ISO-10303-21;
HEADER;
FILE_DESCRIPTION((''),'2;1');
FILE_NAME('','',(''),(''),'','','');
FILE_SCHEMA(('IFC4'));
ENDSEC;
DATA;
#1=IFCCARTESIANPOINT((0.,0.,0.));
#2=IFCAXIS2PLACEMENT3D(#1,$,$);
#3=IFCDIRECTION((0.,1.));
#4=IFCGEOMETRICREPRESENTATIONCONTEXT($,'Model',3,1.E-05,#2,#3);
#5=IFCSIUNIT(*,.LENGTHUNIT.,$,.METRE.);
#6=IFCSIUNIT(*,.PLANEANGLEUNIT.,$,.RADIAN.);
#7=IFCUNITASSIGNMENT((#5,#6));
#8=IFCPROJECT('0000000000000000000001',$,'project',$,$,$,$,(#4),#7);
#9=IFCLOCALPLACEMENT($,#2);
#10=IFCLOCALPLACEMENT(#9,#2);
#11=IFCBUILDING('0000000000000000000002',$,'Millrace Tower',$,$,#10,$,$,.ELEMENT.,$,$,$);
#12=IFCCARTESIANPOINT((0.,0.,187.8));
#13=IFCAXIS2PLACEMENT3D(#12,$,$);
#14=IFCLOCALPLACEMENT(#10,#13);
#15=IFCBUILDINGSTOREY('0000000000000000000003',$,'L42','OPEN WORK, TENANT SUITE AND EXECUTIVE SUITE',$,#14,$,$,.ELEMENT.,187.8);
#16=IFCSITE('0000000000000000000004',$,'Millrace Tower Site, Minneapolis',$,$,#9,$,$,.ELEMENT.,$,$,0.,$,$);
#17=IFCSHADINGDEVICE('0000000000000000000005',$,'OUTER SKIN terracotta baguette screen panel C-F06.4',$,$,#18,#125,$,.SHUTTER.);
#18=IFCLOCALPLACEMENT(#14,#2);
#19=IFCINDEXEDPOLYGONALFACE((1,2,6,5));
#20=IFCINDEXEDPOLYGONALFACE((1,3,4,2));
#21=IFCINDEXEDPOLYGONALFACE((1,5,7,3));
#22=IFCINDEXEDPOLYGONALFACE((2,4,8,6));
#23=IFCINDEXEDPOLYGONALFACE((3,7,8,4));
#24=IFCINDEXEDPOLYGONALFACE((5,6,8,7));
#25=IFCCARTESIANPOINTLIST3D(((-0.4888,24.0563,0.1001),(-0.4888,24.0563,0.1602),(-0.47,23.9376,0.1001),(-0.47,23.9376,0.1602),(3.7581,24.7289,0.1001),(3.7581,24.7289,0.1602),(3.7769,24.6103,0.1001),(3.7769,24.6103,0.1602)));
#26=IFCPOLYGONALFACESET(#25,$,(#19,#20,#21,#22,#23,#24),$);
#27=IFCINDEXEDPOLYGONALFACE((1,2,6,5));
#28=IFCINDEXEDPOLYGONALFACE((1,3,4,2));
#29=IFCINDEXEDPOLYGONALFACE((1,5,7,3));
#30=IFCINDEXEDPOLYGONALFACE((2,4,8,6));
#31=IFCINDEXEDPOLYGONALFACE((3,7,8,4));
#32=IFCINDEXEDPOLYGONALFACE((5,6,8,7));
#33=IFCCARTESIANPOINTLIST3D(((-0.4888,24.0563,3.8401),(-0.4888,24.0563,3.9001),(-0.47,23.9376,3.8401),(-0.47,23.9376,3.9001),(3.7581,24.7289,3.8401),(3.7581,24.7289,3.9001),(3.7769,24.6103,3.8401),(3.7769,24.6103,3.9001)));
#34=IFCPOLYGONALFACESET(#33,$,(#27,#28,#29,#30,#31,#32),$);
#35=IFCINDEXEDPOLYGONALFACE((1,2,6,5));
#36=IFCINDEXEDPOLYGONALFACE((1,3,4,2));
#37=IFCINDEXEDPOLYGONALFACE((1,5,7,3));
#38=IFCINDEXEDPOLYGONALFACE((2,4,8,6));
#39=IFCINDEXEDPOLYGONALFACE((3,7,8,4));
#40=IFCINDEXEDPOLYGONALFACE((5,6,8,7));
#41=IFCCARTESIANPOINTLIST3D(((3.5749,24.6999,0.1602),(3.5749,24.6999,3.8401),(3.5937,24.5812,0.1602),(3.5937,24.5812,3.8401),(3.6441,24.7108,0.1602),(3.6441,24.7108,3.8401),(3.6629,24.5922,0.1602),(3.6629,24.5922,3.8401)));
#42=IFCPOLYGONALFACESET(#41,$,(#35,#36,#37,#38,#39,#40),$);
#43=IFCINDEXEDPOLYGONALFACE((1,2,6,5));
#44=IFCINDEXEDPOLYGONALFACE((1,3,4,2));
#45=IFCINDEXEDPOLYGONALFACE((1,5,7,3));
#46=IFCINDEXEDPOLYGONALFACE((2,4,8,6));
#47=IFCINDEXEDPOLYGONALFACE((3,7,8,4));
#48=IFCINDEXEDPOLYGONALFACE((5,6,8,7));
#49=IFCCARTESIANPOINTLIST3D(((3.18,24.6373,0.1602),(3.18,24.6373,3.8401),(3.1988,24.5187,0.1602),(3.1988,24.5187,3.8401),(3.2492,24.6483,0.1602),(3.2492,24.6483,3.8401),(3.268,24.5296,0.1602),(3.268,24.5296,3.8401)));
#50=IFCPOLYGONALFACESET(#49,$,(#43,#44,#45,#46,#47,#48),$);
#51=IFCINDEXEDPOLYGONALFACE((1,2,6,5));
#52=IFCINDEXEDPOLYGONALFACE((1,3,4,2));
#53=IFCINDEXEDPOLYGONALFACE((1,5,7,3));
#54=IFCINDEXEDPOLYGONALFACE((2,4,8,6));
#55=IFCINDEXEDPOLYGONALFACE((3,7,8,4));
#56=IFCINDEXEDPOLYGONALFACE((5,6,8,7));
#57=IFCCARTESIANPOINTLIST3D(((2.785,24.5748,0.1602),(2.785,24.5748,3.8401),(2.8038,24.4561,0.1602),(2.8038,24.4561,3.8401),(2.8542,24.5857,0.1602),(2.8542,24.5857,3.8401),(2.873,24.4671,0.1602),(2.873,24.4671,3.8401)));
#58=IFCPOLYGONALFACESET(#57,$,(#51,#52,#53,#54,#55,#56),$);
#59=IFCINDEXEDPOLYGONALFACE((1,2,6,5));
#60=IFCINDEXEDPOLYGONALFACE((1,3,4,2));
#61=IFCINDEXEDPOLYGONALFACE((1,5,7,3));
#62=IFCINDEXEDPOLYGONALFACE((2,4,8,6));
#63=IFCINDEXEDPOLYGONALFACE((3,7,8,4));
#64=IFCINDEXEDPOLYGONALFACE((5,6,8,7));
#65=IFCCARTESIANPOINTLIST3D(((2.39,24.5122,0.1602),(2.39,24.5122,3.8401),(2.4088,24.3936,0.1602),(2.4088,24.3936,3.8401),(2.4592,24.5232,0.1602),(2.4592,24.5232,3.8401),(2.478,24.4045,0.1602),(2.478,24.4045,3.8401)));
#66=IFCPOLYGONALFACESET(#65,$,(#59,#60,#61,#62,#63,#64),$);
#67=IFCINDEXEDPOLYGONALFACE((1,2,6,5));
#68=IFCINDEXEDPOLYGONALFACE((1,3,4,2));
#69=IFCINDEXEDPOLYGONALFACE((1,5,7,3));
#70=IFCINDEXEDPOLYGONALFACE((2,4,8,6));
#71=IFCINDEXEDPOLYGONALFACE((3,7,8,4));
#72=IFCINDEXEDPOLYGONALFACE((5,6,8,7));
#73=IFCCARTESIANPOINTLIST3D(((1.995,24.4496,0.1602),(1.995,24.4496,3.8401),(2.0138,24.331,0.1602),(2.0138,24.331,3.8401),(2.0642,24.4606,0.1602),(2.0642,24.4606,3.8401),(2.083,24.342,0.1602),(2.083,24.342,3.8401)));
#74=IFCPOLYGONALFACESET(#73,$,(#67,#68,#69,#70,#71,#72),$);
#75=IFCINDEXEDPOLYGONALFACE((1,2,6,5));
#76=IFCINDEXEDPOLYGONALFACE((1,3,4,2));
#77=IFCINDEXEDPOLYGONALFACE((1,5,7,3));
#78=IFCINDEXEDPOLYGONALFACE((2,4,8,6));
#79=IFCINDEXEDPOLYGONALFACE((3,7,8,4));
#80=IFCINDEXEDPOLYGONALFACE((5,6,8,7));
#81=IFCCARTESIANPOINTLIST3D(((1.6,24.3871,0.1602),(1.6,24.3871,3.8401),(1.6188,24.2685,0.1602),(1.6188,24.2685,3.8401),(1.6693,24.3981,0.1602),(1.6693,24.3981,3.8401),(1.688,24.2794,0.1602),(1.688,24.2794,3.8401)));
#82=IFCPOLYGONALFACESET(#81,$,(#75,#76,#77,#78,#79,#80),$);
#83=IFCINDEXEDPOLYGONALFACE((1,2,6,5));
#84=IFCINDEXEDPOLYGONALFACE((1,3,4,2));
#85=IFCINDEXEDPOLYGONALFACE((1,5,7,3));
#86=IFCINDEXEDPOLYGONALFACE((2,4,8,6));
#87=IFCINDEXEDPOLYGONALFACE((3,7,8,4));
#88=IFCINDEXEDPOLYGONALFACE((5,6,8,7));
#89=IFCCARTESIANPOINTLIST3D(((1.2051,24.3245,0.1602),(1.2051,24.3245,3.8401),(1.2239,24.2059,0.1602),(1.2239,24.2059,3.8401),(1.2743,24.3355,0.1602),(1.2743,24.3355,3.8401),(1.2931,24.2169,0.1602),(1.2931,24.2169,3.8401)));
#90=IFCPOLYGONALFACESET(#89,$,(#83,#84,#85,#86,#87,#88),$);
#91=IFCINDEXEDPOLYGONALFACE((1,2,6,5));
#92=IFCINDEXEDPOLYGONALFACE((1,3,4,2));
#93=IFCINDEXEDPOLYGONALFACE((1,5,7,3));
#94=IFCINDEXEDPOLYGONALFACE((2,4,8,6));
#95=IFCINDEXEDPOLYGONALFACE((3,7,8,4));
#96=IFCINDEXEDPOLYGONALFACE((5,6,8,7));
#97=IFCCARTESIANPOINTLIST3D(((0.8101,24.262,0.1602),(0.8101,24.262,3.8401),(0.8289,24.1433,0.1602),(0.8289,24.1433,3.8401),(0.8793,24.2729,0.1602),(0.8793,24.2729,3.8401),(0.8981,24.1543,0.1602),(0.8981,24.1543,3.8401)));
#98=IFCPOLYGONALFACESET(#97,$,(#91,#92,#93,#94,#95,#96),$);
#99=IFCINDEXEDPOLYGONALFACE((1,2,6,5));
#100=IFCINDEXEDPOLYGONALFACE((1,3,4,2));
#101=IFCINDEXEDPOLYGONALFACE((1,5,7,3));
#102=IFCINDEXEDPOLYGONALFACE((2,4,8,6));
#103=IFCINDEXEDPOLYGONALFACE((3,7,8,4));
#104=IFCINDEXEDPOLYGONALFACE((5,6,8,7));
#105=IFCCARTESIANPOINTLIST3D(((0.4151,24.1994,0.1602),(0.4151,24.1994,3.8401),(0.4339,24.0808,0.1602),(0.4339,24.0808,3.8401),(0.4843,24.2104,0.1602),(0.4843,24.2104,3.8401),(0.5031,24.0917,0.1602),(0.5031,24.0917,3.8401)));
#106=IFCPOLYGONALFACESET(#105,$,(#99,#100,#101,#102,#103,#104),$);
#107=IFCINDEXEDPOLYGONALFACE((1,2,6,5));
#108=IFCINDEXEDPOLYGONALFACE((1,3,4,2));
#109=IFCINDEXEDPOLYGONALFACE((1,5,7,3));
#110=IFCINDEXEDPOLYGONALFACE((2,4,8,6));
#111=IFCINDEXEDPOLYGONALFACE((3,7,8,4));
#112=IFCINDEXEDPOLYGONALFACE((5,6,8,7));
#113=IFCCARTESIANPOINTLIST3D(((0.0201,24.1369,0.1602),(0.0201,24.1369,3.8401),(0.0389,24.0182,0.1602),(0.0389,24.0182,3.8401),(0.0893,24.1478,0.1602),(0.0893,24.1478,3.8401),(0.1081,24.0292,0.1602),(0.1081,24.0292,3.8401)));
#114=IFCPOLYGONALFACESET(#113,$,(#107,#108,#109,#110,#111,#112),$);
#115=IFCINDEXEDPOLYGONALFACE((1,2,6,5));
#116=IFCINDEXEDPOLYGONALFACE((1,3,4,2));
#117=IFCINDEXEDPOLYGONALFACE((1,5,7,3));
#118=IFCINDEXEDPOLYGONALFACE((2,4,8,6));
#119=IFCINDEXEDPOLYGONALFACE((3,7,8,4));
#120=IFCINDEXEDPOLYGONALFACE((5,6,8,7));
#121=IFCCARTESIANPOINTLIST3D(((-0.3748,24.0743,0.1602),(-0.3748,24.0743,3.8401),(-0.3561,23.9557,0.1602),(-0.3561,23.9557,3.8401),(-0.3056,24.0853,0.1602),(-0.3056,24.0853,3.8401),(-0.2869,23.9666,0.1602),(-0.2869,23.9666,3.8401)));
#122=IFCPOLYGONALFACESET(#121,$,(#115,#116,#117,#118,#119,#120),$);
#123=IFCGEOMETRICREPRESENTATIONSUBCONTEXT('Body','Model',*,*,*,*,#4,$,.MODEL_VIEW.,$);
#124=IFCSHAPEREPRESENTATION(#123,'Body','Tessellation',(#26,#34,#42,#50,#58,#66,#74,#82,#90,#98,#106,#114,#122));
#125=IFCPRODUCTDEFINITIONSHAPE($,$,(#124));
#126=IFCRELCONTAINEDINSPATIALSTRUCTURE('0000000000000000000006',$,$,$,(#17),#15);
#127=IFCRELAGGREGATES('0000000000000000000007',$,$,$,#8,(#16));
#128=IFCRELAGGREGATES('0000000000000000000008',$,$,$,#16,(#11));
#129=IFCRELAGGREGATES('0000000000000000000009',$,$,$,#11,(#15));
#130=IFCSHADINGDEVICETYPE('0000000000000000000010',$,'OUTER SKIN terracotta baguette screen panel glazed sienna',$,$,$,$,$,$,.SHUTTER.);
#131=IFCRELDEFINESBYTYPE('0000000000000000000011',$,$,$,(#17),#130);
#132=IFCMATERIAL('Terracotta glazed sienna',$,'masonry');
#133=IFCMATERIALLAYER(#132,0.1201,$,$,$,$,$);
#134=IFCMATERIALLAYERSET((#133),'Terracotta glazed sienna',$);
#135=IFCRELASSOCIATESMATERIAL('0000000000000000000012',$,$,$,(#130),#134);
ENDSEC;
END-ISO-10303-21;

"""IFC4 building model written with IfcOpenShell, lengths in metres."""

from ifc_helpers import new_model, entity, si_unit, direction, frame, frame_2d, origin, origin_2d, place, context, subcontext, project, spatial, rectangle, extrude, source, transform, mapped, material, layer, layer_set, type_object, element, save


model = new_model("IFC4")

# Units and contexts
model_context = context("Model", 3, precision=1e-05, world=origin(), true_north=direction((0.0, 1.0)))
body_context = subcontext(model_context, "Body", "Model", "MODEL_VIEW")
ifc_project = project(units=[si_unit("LENGTHUNIT", "METRE"), si_unit("PLANEANGLEUNIT", "RADIAN")], contexts=[model_context])

# Site, building, storey
site_placement = place(None, origin())
site = spatial("IfcSite", under=ifc_project, at=site_placement, Name="Millrace Tower Site, Minneapolis", CompositionType="ELEMENT", RefElevation=0.0)
building_placement = place(site_placement, origin())
building = spatial("IfcBuilding", under=site, at=building_placement, Name="Millrace Tower", CompositionType="ELEMENT")
storey_placement = place(building_placement, frame((0.0, 0.0, 187.8)))
storey = spatial("IfcBuildingStorey", under=building, at=storey_placement, Name="L42", Description="OPEN WORK, TENANT SUITE AND EXECUTIVE SUITE", CompositionType="ELEMENT", Elevation=187.8)

# Shading device
ifc_material_1 = material(Name="Terracotta glazed sienna", Category="masonry")
ifc_layer_1 = layer(ifc_material_1, 0.1201)
ifc_layer_set_1 = layer_set([ifc_layer_1], Name="Terracotta glazed sienna")
shading_device_type = type_object("IfcShadingDeviceType", Name="OUTER SKIN terracotta baguette screen panel glazed sienna", PredefinedType="SHUTTER", material=ifc_layer_set_1)
cartesian_point_1 = entity("IfcCartesianPoint", [-2.1499, 0.0601])
shared_polyline_1 = entity("IfcPolyline", [cartesian_point_1, entity("IfcCartesianPoint", [2.1499, 0.0601]), entity("IfcCartesianPoint", [2.1499, -0.0601]), entity("IfcCartesianPoint", [-2.1499, -0.0601]), cartesian_point_1])
shared_shape_1 = source(origin(), body_context, "Body", "SweptSolid", [
    entity("IfcExtrudedAreaSolid", entity("IfcArbitraryClosedProfileDef", "AREA", None, shared_polyline_1), entity("IfcAxis2Placement3D", entity("IfcCartesianPoint", [0.0, 0.0, 0.0])), entity("IfcDirection", [0.0, 0.0, 1.0]), 0.0601),
    entity("IfcExtrudedAreaSolid", entity("IfcArbitraryClosedProfileDef", "AREA", None, shared_polyline_1), entity("IfcAxis2Placement3D", entity("IfcCartesianPoint", [0.0, 0.0, 3.74])), entity("IfcDirection", [0.0, 0.0, 1.0]), 0.0601),
    extrude(rectangle(XDim=0.0701, YDim=0.1201, at=frame_2d((-1.9995, 0.0))), frame((0.0, 0.0, 0.0601)), (0.0, 0.0, 1.0), 3.6799),
    extrude(rectangle(XDim=0.0701, YDim=0.1201, at=frame_2d((-1.5996, 0.0))), frame((0.0, 0.0, 0.0601)), (0.0, 0.0, 1.0), 3.6799),
    extrude(rectangle(XDim=0.0701, YDim=0.1201, at=frame_2d((-1.1997, 0.0))), frame((0.0, 0.0, 0.0601)), (0.0, 0.0, 1.0), 3.6799),
    extrude(rectangle(XDim=0.0701, YDim=0.1201, at=frame_2d((-0.7998, 0.0))), frame((0.0, 0.0, 0.0601)), (0.0, 0.0, 1.0), 3.6799),
    extrude(rectangle(XDim=0.0701, YDim=0.1201, at=frame_2d((-0.3999, 0.0))), frame((0.0, 0.0, 0.0601)), (0.0, 0.0, 1.0), 3.6799),
    extrude(rectangle(XDim=0.0701, YDim=0.1201, at=origin_2d()), frame((0.0, 0.0, 0.0601)), (0.0, 0.0, 1.0), 3.6799),
    extrude(rectangle(XDim=0.0701, YDim=0.1201, at=frame_2d((0.3999, 0.0))), frame((0.0, 0.0, 0.0601)), (0.0, 0.0, 1.0), 3.6799),
    extrude(rectangle(XDim=0.0701, YDim=0.1201, at=frame_2d((0.7998, 0.0))), frame((0.0, 0.0, 0.0601)), (0.0, 0.0, 1.0), 3.6799),
    extrude(rectangle(XDim=0.0701, YDim=0.1201, at=frame_2d((1.1997, 0.0))), frame((0.0, 0.0, 0.0601)), (0.0, 0.0, 1.0), 3.6799),
    extrude(rectangle(XDim=0.0701, YDim=0.1201, at=frame_2d((1.5996, 0.0))), frame((0.0, 0.0, 0.0601)), (0.0, 0.0, 1.0), 3.6799),
    extrude(rectangle(XDim=0.0701, YDim=0.1201, at=frame_2d((1.9995, 0.0))), frame((0.0, 0.0, 0.0601)), (0.0, 0.0, 1.0), 3.6799),
])
for number, where, z_axis, x_axis, name in (
    (1, (1.644, 24.3333, 0.1001), (0.0, 0.0, 1.0), (-0.987688, -0.156434, 0.0), "OUTER SKIN terracotta baguette screen panel C-F06.4"),
):
    element("IfcShadingDevice", number, at=place(storey_placement, frame(where, z_axis=z_axis, x_axis=x_axis)), inside=storey, type_object=shading_device_type, Name=name, PredefinedType="SHUTTER", context=body_context, shape_type="MappedRepresentation", body=[
        mapped(shared_shape_1, transform((0.0, 0.0, 0.0), scale=1.0)),
    ])

save(model, "model.ifc")
